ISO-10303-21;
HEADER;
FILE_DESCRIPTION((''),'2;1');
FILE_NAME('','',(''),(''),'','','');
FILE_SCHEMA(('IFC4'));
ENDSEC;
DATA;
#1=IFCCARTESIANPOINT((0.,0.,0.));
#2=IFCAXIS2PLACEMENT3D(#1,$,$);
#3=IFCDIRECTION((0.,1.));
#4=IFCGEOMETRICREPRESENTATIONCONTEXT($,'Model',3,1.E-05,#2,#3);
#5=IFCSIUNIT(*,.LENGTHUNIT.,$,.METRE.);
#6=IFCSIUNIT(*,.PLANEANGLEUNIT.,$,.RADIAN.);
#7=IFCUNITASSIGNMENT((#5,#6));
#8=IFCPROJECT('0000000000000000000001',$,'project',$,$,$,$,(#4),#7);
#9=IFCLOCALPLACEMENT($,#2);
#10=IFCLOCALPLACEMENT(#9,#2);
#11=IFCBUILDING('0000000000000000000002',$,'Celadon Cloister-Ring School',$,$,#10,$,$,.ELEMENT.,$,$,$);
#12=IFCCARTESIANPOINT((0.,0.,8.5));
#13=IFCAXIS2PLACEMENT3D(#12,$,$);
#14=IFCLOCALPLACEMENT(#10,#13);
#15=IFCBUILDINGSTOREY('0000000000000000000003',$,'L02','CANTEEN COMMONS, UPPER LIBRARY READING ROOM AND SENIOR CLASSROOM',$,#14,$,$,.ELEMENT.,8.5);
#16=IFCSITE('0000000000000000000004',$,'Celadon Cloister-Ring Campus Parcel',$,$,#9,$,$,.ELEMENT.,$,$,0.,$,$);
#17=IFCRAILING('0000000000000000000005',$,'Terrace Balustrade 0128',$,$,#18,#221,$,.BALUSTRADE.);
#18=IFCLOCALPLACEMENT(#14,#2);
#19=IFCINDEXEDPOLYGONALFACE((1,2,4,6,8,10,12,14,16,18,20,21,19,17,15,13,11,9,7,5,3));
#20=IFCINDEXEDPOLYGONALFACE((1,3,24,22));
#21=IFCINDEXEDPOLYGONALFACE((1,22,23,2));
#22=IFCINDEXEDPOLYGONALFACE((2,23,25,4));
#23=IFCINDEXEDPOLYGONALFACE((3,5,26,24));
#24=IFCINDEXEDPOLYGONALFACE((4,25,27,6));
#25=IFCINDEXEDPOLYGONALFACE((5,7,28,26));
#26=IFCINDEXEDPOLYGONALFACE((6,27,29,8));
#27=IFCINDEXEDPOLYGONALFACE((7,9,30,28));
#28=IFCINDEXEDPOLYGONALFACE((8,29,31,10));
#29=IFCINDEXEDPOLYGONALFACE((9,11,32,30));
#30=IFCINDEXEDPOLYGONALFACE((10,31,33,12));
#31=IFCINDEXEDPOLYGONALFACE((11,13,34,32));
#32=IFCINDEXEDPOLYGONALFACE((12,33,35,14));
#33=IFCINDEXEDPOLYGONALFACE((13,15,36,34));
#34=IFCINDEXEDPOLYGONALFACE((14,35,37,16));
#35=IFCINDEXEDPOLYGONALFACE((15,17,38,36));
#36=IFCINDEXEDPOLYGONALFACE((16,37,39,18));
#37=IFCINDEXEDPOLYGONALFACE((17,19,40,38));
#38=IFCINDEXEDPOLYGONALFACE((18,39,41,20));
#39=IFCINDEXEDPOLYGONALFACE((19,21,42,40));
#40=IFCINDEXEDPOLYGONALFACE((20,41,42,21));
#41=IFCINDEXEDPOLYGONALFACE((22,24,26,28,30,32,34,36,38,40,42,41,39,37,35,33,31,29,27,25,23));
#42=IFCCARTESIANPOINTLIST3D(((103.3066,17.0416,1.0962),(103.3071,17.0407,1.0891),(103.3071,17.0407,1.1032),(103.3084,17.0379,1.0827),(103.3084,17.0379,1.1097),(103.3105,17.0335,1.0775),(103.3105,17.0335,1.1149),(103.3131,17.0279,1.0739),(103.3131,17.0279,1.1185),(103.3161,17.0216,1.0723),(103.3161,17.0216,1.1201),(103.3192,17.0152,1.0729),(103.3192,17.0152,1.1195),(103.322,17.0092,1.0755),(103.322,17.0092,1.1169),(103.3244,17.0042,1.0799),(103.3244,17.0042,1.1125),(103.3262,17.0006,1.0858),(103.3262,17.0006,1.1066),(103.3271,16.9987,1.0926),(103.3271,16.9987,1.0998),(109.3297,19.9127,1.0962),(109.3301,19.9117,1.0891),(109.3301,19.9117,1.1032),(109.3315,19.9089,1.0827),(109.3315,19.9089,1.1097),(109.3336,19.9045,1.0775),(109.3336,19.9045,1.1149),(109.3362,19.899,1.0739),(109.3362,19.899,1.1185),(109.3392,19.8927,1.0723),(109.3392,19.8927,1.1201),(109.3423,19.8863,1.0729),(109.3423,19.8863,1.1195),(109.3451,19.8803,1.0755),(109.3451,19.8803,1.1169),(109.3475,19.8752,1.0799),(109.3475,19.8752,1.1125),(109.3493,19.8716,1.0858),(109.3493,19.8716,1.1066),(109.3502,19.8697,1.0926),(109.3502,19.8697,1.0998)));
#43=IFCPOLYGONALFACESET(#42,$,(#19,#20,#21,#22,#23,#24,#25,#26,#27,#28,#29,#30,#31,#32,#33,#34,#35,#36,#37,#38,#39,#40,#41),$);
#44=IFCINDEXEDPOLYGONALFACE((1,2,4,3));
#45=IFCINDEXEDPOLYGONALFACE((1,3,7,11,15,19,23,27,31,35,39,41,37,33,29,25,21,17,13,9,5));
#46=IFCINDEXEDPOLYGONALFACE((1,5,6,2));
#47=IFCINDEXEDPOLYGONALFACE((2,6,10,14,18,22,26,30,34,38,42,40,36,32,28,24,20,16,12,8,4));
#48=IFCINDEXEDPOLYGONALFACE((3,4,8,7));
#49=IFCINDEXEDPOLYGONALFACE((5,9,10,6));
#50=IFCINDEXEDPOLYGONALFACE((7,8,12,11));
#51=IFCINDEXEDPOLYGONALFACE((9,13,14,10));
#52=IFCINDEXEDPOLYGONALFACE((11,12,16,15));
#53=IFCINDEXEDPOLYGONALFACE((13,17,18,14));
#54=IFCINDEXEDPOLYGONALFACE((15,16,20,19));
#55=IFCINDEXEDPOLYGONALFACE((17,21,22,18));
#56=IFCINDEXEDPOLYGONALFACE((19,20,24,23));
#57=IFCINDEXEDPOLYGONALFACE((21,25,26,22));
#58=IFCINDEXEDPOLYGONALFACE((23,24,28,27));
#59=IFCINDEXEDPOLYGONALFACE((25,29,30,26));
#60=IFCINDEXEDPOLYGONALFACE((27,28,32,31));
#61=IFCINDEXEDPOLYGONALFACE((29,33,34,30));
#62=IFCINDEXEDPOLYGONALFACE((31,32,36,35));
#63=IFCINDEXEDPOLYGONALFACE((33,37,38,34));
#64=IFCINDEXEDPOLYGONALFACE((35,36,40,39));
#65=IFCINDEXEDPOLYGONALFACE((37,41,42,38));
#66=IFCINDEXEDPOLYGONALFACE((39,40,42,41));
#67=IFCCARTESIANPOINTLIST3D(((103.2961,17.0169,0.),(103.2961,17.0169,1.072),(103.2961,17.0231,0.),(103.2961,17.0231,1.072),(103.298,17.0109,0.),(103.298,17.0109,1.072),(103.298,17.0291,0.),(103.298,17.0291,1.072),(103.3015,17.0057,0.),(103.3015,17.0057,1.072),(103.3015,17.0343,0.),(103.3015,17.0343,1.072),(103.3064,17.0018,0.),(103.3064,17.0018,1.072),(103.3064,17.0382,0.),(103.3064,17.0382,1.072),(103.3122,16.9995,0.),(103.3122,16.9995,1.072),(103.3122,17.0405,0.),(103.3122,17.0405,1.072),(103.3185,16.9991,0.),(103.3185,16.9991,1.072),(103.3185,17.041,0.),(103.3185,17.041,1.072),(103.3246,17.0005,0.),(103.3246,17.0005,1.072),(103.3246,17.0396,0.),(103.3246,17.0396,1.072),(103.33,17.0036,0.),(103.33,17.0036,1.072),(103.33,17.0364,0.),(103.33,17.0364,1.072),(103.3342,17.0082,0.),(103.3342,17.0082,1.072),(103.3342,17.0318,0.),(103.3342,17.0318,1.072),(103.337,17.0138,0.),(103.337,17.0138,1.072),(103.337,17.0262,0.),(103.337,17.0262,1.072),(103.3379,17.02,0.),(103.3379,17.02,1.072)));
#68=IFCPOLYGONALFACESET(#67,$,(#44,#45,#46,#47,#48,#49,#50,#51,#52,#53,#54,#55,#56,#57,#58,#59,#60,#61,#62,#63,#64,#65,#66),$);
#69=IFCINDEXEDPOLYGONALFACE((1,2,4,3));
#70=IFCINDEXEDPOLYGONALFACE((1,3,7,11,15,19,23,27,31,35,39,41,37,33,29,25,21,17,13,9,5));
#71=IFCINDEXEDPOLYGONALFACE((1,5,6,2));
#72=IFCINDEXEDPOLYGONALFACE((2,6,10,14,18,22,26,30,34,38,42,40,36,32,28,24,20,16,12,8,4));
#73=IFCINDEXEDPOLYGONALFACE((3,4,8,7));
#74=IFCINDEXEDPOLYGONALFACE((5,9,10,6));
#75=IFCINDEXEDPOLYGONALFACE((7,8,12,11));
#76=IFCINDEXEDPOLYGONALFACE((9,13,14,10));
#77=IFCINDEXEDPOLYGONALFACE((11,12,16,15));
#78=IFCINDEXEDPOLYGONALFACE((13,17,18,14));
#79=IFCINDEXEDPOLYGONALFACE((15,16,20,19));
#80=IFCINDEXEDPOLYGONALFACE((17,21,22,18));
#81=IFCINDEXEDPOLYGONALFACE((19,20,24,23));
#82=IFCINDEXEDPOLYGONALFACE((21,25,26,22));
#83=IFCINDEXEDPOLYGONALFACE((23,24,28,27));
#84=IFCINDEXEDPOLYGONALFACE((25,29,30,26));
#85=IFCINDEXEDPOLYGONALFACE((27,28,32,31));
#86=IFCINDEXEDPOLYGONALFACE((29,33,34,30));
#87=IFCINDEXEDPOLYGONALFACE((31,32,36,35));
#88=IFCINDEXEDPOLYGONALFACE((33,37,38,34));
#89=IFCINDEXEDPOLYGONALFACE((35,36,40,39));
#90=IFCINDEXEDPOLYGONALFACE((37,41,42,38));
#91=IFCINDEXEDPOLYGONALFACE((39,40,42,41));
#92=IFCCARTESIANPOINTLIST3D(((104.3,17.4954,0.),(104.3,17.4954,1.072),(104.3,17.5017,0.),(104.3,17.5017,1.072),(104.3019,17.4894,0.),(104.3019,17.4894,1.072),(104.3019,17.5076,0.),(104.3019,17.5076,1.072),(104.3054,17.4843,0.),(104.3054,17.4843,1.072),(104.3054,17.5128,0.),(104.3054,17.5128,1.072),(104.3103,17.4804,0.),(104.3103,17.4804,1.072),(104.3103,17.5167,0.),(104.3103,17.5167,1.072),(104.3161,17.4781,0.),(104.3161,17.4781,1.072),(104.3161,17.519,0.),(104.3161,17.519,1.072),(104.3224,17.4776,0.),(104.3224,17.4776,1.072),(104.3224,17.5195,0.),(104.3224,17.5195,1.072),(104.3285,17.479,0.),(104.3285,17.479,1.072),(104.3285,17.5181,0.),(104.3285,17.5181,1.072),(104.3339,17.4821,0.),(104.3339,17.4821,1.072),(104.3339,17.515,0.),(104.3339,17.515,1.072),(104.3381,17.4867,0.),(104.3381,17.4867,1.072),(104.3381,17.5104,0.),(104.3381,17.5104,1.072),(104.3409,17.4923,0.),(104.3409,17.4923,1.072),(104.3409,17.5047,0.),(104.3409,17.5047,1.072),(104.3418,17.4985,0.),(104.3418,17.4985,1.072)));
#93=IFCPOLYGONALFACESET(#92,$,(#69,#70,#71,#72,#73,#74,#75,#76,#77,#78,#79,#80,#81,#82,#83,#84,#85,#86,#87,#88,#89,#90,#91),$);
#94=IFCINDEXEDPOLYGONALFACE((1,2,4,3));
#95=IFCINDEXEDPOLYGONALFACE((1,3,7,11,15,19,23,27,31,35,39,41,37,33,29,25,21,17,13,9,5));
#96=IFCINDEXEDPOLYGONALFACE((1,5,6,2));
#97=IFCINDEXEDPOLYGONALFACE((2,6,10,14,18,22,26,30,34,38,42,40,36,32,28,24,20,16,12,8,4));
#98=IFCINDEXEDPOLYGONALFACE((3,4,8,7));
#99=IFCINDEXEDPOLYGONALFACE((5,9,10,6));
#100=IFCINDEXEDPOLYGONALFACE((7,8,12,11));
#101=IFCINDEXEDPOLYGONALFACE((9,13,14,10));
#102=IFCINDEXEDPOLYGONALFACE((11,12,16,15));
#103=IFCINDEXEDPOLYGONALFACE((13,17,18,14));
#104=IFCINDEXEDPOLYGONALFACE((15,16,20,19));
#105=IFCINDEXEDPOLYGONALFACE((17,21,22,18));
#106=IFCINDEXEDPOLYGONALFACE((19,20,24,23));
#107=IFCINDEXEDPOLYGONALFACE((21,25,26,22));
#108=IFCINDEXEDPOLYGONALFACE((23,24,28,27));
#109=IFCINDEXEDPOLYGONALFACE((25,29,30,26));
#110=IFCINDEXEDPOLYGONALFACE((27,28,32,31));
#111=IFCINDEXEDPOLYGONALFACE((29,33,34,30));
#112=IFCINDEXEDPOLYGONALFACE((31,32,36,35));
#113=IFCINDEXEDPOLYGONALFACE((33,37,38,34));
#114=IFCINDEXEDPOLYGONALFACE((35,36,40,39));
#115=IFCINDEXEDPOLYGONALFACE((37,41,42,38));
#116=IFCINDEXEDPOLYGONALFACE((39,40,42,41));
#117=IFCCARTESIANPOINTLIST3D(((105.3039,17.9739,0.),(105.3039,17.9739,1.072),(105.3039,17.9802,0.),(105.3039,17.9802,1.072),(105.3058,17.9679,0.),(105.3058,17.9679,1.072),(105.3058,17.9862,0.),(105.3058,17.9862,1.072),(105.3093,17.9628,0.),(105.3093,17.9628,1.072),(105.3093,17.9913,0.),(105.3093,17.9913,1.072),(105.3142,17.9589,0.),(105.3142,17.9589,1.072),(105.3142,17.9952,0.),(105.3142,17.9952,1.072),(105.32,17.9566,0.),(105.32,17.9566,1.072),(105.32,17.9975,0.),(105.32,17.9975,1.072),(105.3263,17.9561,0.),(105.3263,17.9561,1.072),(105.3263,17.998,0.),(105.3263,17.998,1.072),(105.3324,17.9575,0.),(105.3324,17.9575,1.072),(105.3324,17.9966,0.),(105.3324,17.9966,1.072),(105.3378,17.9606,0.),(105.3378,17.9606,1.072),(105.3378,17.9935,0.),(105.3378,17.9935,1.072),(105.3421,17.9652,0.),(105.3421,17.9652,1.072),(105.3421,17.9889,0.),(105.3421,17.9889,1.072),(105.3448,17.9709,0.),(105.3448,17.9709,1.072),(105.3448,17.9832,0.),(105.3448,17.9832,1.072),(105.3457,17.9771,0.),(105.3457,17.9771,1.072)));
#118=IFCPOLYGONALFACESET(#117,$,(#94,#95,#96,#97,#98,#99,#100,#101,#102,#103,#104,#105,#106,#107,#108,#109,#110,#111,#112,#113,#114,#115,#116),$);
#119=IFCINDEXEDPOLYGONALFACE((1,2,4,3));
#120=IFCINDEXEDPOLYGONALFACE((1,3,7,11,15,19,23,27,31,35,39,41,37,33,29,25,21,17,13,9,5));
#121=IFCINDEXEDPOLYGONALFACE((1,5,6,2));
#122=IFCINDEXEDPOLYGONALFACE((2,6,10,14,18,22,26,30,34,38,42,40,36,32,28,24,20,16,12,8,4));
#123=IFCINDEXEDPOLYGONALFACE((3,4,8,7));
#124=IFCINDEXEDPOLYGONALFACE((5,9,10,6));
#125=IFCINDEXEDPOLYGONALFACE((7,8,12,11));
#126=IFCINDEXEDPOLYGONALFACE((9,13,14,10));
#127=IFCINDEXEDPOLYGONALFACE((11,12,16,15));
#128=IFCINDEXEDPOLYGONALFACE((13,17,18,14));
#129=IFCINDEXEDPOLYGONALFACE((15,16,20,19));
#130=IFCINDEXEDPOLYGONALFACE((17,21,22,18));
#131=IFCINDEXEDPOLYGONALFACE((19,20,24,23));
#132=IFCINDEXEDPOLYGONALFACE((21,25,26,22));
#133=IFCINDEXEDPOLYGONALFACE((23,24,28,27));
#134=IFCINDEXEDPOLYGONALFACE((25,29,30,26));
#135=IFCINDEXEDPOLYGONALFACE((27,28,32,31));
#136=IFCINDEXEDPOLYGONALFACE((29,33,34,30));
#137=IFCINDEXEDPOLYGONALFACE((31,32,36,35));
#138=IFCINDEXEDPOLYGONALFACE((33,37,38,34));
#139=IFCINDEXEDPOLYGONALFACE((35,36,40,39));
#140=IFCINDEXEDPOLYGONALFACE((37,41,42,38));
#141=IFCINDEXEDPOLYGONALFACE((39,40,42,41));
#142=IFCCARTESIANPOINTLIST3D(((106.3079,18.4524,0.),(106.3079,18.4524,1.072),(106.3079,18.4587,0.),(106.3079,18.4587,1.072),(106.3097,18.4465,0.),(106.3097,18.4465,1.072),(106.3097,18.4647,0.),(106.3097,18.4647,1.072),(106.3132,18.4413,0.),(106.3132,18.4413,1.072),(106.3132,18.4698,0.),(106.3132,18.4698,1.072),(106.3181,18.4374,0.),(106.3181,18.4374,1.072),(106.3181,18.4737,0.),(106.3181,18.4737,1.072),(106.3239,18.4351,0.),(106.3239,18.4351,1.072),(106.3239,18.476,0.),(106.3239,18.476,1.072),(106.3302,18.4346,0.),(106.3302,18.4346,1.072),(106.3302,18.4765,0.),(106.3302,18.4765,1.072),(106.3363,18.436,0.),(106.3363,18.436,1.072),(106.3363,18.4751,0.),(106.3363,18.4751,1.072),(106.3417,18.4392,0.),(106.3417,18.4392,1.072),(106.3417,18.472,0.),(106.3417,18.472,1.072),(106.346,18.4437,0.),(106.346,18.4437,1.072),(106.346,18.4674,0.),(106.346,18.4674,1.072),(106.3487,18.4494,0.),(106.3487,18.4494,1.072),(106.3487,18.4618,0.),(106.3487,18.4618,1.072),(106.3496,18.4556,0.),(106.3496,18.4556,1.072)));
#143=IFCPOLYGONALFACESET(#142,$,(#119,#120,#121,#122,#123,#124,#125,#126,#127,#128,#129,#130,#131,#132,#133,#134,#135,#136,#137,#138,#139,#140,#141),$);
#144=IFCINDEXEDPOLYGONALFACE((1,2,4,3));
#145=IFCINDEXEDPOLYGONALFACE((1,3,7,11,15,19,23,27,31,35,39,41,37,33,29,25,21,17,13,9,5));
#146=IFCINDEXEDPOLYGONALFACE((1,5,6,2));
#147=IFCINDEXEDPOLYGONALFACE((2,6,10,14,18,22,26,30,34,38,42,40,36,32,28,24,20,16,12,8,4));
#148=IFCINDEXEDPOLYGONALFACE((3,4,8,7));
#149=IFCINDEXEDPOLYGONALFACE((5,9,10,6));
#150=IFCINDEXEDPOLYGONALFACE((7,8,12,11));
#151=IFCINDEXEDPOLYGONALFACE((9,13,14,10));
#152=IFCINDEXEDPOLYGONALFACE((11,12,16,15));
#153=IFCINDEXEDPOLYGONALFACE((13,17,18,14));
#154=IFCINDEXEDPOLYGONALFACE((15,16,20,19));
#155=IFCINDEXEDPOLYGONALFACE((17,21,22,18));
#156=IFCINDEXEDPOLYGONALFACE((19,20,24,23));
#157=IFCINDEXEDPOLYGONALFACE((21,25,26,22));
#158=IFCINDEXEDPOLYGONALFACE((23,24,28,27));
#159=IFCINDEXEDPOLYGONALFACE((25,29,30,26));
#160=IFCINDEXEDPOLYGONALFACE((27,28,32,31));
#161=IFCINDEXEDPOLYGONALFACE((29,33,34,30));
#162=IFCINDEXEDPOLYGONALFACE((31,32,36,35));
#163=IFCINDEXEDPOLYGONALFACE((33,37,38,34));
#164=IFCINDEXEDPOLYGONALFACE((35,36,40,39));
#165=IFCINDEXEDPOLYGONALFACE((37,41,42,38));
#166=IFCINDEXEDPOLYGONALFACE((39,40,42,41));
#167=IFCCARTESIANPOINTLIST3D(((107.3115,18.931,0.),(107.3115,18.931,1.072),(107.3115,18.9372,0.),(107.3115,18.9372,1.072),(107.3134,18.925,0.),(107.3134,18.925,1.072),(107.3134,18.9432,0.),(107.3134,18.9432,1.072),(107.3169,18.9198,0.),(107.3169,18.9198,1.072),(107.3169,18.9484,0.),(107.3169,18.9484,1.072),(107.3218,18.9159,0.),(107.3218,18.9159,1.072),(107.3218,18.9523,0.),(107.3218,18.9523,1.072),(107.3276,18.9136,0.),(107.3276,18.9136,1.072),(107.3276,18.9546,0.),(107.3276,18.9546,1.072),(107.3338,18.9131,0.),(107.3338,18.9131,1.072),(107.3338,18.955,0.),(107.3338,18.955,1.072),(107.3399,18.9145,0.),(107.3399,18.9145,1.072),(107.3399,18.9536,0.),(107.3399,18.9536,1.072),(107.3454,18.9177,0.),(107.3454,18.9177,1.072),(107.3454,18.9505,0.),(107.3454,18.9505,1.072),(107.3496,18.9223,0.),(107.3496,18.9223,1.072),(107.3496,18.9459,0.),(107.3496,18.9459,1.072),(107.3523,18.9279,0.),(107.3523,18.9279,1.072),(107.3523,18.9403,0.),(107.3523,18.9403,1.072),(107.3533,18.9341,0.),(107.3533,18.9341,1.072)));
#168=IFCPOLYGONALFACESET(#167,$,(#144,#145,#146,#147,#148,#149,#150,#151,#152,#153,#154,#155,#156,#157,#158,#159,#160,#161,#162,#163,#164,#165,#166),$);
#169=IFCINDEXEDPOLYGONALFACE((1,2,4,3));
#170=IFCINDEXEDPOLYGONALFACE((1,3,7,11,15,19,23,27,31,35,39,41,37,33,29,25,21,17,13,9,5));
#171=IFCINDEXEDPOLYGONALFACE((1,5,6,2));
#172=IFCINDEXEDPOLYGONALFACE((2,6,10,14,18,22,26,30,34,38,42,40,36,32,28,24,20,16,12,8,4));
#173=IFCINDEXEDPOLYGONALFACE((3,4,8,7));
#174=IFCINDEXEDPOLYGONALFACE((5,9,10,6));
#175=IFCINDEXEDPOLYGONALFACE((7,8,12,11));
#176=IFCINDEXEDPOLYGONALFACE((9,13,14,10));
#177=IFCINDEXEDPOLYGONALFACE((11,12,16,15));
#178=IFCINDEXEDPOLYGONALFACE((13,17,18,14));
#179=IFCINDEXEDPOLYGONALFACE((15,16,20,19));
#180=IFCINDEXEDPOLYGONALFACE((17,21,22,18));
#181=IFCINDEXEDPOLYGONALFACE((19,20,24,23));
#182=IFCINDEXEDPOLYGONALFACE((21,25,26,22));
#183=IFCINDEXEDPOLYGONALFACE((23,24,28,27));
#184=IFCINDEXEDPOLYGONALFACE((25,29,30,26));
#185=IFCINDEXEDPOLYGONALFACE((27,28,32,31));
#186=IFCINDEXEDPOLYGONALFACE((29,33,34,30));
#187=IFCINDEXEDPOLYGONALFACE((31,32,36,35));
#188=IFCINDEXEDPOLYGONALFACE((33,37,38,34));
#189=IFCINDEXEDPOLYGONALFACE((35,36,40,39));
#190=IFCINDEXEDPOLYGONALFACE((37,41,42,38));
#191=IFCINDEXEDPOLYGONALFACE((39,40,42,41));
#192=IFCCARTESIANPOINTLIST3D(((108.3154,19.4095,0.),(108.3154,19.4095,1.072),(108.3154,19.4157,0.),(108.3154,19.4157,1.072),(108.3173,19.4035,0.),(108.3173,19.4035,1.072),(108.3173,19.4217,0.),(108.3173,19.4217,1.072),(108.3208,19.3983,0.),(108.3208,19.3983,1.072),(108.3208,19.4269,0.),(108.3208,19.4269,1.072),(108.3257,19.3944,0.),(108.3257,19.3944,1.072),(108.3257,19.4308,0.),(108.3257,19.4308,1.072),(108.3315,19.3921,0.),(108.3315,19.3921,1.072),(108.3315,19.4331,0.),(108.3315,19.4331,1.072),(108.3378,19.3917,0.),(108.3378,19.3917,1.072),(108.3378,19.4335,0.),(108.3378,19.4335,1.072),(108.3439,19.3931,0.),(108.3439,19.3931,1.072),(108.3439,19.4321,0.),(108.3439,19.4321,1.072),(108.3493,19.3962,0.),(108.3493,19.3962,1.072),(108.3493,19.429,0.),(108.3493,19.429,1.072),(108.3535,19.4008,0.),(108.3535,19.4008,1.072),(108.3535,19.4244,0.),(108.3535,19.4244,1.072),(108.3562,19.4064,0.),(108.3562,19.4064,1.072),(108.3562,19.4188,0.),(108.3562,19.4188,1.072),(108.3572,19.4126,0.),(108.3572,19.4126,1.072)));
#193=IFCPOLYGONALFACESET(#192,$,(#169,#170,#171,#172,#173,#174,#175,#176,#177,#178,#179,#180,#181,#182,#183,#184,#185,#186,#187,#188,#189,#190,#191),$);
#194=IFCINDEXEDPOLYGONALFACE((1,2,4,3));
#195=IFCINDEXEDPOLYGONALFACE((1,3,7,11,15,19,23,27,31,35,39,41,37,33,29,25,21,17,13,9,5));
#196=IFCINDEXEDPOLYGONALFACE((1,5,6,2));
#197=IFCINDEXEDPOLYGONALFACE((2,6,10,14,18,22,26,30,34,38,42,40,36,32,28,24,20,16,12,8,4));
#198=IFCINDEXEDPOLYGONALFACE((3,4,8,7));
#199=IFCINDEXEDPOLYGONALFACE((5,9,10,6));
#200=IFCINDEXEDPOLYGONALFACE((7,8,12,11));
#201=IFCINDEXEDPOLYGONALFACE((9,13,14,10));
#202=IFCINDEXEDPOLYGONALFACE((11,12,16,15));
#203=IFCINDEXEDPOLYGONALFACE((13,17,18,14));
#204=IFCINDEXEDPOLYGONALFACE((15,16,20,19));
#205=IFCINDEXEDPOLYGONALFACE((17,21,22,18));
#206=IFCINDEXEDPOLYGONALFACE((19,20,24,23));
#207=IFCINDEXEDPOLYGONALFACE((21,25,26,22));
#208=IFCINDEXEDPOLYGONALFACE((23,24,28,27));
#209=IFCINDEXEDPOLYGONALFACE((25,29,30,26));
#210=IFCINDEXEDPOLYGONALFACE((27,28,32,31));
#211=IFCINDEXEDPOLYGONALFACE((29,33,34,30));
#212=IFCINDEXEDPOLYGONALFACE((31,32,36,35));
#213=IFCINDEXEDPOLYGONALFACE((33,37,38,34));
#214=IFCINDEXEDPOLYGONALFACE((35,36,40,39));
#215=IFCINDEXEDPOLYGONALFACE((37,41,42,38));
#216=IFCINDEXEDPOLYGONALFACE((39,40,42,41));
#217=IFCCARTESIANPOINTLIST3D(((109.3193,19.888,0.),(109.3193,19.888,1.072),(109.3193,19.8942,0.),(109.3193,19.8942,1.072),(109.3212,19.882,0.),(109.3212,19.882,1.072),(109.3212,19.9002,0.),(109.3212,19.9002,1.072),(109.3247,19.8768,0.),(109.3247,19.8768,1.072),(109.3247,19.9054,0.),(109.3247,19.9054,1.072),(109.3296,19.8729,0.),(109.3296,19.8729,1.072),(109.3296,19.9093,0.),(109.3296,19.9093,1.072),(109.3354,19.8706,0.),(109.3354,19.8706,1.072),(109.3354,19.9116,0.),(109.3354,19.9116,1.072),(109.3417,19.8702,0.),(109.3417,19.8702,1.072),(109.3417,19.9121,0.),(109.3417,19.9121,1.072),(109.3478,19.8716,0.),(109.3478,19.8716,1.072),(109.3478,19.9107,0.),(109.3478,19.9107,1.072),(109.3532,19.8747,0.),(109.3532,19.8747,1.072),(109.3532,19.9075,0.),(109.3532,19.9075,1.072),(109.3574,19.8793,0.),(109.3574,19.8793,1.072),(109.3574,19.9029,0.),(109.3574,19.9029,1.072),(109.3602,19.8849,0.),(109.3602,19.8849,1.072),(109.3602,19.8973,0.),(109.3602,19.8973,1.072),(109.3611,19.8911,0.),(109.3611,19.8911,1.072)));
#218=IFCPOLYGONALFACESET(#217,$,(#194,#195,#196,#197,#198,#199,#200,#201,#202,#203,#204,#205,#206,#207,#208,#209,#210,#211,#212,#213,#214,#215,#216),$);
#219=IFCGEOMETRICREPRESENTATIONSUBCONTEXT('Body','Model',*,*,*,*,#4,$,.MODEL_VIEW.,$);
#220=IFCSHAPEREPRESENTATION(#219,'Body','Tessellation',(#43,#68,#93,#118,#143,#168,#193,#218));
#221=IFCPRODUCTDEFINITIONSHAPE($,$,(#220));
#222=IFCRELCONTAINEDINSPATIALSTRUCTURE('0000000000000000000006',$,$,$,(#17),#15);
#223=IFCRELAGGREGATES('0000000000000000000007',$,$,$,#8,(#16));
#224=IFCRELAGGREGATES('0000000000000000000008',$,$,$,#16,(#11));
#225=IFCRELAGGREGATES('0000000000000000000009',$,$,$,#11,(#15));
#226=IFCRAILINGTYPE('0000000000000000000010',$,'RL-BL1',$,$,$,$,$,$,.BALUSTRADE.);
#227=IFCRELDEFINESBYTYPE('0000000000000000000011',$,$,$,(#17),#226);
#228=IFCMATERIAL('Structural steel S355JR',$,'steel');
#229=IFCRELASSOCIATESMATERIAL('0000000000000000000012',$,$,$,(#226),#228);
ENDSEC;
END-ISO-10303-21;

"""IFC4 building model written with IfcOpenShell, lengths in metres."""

from ifc_helpers import new_model, si_unit, direction, frame, origin, origin_2d, place, context, subcontext, project, spatial, circle, extrude, material, type_object, element, save


model = new_model("IFC4")

# Units and contexts
model_context = context("Model", 3, precision=1e-05, world=origin(), true_north=direction((0.0, 1.0)))
body_context = subcontext(model_context, "Body", "Model", "MODEL_VIEW")
ifc_project = project(units=[si_unit("LENGTHUNIT", "METRE"), si_unit("PLANEANGLEUNIT", "RADIAN")], contexts=[model_context])

# Site, building, storey
site_placement = place(None, origin())
site = spatial("IfcSite", under=ifc_project, at=site_placement, Name="Celadon Cloister-Ring Campus Parcel", CompositionType="ELEMENT", RefElevation=0.0)
building_placement = place(site_placement, origin())
building = spatial("IfcBuilding", under=site, at=building_placement, Name="Celadon Cloister-Ring School", CompositionType="ELEMENT")
storey_placement = place(building_placement, frame((0.0, 0.0, 8.5)))
storey = spatial("IfcBuildingStorey", under=building, at=storey_placement, Name="L02", Description="CANTEEN COMMONS, UPPER LIBRARY READING ROOM AND SENIOR CLASSROOM", CompositionType="ELEMENT", Elevation=8.5)

# Railing
ifc_material_1 = material(Name="Structural steel S355JR", Category="steel")
railing_type = type_object("IfcRailingType", Name="RL-BL1", PredefinedType="BALUSTRADE", material=ifc_material_1)
railing_1_placement = place(storey_placement, frame((103.3169, 17.02, 0.0)))
element("IfcRailing", 1, at=railing_1_placement, inside=storey, type_object=railing_type, Name="Terrace Balustrade 0128", PredefinedType="BALUSTRADE", context=body_context, shape_type="SweptSolid", body=[
    extrude(circle(Radius=0.0239, at=origin_2d()), frame((0.0, 0.0, 1.0962), z_axis=(0.902691, 0.430289, 0.0), x_axis=(-0.430289, 0.902691, 0.0)), (0.0, 0.0, 1.0), 6.6724),
    extrude(circle(Radius=0.021, at=origin_2d()), origin(), (0.0, 0.0, 1.0), 1.072),
    extrude(circle(Radius=0.021, at=origin_2d()), frame((1.0039, 0.4785, 0.0)), (0.0, 0.0, 1.0), 1.072),
    extrude(circle(Radius=0.021, at=origin_2d()), frame((2.0078, 0.957, 0.0)), (0.0, 0.0, 1.0), 1.072),
    extrude(circle(Radius=0.021, at=origin_2d()), frame((3.0117, 1.4355, 0.0)), (0.0, 0.0, 1.0), 1.072),
    extrude(circle(Radius=0.021, at=origin_2d()), frame((4.0154, 1.9141, 0.0)), (0.0, 0.0, 1.0), 1.072),
    extrude(circle(Radius=0.021, at=origin_2d()), frame((5.0193, 2.3926, 0.0)), (0.0, 0.0, 1.0), 1.072),
    extrude(circle(Radius=0.021, at=origin_2d()), frame((6.0232, 2.8711, 0.0)), (0.0, 0.0, 1.0), 1.072),
])

save(model, "model.ifc")
